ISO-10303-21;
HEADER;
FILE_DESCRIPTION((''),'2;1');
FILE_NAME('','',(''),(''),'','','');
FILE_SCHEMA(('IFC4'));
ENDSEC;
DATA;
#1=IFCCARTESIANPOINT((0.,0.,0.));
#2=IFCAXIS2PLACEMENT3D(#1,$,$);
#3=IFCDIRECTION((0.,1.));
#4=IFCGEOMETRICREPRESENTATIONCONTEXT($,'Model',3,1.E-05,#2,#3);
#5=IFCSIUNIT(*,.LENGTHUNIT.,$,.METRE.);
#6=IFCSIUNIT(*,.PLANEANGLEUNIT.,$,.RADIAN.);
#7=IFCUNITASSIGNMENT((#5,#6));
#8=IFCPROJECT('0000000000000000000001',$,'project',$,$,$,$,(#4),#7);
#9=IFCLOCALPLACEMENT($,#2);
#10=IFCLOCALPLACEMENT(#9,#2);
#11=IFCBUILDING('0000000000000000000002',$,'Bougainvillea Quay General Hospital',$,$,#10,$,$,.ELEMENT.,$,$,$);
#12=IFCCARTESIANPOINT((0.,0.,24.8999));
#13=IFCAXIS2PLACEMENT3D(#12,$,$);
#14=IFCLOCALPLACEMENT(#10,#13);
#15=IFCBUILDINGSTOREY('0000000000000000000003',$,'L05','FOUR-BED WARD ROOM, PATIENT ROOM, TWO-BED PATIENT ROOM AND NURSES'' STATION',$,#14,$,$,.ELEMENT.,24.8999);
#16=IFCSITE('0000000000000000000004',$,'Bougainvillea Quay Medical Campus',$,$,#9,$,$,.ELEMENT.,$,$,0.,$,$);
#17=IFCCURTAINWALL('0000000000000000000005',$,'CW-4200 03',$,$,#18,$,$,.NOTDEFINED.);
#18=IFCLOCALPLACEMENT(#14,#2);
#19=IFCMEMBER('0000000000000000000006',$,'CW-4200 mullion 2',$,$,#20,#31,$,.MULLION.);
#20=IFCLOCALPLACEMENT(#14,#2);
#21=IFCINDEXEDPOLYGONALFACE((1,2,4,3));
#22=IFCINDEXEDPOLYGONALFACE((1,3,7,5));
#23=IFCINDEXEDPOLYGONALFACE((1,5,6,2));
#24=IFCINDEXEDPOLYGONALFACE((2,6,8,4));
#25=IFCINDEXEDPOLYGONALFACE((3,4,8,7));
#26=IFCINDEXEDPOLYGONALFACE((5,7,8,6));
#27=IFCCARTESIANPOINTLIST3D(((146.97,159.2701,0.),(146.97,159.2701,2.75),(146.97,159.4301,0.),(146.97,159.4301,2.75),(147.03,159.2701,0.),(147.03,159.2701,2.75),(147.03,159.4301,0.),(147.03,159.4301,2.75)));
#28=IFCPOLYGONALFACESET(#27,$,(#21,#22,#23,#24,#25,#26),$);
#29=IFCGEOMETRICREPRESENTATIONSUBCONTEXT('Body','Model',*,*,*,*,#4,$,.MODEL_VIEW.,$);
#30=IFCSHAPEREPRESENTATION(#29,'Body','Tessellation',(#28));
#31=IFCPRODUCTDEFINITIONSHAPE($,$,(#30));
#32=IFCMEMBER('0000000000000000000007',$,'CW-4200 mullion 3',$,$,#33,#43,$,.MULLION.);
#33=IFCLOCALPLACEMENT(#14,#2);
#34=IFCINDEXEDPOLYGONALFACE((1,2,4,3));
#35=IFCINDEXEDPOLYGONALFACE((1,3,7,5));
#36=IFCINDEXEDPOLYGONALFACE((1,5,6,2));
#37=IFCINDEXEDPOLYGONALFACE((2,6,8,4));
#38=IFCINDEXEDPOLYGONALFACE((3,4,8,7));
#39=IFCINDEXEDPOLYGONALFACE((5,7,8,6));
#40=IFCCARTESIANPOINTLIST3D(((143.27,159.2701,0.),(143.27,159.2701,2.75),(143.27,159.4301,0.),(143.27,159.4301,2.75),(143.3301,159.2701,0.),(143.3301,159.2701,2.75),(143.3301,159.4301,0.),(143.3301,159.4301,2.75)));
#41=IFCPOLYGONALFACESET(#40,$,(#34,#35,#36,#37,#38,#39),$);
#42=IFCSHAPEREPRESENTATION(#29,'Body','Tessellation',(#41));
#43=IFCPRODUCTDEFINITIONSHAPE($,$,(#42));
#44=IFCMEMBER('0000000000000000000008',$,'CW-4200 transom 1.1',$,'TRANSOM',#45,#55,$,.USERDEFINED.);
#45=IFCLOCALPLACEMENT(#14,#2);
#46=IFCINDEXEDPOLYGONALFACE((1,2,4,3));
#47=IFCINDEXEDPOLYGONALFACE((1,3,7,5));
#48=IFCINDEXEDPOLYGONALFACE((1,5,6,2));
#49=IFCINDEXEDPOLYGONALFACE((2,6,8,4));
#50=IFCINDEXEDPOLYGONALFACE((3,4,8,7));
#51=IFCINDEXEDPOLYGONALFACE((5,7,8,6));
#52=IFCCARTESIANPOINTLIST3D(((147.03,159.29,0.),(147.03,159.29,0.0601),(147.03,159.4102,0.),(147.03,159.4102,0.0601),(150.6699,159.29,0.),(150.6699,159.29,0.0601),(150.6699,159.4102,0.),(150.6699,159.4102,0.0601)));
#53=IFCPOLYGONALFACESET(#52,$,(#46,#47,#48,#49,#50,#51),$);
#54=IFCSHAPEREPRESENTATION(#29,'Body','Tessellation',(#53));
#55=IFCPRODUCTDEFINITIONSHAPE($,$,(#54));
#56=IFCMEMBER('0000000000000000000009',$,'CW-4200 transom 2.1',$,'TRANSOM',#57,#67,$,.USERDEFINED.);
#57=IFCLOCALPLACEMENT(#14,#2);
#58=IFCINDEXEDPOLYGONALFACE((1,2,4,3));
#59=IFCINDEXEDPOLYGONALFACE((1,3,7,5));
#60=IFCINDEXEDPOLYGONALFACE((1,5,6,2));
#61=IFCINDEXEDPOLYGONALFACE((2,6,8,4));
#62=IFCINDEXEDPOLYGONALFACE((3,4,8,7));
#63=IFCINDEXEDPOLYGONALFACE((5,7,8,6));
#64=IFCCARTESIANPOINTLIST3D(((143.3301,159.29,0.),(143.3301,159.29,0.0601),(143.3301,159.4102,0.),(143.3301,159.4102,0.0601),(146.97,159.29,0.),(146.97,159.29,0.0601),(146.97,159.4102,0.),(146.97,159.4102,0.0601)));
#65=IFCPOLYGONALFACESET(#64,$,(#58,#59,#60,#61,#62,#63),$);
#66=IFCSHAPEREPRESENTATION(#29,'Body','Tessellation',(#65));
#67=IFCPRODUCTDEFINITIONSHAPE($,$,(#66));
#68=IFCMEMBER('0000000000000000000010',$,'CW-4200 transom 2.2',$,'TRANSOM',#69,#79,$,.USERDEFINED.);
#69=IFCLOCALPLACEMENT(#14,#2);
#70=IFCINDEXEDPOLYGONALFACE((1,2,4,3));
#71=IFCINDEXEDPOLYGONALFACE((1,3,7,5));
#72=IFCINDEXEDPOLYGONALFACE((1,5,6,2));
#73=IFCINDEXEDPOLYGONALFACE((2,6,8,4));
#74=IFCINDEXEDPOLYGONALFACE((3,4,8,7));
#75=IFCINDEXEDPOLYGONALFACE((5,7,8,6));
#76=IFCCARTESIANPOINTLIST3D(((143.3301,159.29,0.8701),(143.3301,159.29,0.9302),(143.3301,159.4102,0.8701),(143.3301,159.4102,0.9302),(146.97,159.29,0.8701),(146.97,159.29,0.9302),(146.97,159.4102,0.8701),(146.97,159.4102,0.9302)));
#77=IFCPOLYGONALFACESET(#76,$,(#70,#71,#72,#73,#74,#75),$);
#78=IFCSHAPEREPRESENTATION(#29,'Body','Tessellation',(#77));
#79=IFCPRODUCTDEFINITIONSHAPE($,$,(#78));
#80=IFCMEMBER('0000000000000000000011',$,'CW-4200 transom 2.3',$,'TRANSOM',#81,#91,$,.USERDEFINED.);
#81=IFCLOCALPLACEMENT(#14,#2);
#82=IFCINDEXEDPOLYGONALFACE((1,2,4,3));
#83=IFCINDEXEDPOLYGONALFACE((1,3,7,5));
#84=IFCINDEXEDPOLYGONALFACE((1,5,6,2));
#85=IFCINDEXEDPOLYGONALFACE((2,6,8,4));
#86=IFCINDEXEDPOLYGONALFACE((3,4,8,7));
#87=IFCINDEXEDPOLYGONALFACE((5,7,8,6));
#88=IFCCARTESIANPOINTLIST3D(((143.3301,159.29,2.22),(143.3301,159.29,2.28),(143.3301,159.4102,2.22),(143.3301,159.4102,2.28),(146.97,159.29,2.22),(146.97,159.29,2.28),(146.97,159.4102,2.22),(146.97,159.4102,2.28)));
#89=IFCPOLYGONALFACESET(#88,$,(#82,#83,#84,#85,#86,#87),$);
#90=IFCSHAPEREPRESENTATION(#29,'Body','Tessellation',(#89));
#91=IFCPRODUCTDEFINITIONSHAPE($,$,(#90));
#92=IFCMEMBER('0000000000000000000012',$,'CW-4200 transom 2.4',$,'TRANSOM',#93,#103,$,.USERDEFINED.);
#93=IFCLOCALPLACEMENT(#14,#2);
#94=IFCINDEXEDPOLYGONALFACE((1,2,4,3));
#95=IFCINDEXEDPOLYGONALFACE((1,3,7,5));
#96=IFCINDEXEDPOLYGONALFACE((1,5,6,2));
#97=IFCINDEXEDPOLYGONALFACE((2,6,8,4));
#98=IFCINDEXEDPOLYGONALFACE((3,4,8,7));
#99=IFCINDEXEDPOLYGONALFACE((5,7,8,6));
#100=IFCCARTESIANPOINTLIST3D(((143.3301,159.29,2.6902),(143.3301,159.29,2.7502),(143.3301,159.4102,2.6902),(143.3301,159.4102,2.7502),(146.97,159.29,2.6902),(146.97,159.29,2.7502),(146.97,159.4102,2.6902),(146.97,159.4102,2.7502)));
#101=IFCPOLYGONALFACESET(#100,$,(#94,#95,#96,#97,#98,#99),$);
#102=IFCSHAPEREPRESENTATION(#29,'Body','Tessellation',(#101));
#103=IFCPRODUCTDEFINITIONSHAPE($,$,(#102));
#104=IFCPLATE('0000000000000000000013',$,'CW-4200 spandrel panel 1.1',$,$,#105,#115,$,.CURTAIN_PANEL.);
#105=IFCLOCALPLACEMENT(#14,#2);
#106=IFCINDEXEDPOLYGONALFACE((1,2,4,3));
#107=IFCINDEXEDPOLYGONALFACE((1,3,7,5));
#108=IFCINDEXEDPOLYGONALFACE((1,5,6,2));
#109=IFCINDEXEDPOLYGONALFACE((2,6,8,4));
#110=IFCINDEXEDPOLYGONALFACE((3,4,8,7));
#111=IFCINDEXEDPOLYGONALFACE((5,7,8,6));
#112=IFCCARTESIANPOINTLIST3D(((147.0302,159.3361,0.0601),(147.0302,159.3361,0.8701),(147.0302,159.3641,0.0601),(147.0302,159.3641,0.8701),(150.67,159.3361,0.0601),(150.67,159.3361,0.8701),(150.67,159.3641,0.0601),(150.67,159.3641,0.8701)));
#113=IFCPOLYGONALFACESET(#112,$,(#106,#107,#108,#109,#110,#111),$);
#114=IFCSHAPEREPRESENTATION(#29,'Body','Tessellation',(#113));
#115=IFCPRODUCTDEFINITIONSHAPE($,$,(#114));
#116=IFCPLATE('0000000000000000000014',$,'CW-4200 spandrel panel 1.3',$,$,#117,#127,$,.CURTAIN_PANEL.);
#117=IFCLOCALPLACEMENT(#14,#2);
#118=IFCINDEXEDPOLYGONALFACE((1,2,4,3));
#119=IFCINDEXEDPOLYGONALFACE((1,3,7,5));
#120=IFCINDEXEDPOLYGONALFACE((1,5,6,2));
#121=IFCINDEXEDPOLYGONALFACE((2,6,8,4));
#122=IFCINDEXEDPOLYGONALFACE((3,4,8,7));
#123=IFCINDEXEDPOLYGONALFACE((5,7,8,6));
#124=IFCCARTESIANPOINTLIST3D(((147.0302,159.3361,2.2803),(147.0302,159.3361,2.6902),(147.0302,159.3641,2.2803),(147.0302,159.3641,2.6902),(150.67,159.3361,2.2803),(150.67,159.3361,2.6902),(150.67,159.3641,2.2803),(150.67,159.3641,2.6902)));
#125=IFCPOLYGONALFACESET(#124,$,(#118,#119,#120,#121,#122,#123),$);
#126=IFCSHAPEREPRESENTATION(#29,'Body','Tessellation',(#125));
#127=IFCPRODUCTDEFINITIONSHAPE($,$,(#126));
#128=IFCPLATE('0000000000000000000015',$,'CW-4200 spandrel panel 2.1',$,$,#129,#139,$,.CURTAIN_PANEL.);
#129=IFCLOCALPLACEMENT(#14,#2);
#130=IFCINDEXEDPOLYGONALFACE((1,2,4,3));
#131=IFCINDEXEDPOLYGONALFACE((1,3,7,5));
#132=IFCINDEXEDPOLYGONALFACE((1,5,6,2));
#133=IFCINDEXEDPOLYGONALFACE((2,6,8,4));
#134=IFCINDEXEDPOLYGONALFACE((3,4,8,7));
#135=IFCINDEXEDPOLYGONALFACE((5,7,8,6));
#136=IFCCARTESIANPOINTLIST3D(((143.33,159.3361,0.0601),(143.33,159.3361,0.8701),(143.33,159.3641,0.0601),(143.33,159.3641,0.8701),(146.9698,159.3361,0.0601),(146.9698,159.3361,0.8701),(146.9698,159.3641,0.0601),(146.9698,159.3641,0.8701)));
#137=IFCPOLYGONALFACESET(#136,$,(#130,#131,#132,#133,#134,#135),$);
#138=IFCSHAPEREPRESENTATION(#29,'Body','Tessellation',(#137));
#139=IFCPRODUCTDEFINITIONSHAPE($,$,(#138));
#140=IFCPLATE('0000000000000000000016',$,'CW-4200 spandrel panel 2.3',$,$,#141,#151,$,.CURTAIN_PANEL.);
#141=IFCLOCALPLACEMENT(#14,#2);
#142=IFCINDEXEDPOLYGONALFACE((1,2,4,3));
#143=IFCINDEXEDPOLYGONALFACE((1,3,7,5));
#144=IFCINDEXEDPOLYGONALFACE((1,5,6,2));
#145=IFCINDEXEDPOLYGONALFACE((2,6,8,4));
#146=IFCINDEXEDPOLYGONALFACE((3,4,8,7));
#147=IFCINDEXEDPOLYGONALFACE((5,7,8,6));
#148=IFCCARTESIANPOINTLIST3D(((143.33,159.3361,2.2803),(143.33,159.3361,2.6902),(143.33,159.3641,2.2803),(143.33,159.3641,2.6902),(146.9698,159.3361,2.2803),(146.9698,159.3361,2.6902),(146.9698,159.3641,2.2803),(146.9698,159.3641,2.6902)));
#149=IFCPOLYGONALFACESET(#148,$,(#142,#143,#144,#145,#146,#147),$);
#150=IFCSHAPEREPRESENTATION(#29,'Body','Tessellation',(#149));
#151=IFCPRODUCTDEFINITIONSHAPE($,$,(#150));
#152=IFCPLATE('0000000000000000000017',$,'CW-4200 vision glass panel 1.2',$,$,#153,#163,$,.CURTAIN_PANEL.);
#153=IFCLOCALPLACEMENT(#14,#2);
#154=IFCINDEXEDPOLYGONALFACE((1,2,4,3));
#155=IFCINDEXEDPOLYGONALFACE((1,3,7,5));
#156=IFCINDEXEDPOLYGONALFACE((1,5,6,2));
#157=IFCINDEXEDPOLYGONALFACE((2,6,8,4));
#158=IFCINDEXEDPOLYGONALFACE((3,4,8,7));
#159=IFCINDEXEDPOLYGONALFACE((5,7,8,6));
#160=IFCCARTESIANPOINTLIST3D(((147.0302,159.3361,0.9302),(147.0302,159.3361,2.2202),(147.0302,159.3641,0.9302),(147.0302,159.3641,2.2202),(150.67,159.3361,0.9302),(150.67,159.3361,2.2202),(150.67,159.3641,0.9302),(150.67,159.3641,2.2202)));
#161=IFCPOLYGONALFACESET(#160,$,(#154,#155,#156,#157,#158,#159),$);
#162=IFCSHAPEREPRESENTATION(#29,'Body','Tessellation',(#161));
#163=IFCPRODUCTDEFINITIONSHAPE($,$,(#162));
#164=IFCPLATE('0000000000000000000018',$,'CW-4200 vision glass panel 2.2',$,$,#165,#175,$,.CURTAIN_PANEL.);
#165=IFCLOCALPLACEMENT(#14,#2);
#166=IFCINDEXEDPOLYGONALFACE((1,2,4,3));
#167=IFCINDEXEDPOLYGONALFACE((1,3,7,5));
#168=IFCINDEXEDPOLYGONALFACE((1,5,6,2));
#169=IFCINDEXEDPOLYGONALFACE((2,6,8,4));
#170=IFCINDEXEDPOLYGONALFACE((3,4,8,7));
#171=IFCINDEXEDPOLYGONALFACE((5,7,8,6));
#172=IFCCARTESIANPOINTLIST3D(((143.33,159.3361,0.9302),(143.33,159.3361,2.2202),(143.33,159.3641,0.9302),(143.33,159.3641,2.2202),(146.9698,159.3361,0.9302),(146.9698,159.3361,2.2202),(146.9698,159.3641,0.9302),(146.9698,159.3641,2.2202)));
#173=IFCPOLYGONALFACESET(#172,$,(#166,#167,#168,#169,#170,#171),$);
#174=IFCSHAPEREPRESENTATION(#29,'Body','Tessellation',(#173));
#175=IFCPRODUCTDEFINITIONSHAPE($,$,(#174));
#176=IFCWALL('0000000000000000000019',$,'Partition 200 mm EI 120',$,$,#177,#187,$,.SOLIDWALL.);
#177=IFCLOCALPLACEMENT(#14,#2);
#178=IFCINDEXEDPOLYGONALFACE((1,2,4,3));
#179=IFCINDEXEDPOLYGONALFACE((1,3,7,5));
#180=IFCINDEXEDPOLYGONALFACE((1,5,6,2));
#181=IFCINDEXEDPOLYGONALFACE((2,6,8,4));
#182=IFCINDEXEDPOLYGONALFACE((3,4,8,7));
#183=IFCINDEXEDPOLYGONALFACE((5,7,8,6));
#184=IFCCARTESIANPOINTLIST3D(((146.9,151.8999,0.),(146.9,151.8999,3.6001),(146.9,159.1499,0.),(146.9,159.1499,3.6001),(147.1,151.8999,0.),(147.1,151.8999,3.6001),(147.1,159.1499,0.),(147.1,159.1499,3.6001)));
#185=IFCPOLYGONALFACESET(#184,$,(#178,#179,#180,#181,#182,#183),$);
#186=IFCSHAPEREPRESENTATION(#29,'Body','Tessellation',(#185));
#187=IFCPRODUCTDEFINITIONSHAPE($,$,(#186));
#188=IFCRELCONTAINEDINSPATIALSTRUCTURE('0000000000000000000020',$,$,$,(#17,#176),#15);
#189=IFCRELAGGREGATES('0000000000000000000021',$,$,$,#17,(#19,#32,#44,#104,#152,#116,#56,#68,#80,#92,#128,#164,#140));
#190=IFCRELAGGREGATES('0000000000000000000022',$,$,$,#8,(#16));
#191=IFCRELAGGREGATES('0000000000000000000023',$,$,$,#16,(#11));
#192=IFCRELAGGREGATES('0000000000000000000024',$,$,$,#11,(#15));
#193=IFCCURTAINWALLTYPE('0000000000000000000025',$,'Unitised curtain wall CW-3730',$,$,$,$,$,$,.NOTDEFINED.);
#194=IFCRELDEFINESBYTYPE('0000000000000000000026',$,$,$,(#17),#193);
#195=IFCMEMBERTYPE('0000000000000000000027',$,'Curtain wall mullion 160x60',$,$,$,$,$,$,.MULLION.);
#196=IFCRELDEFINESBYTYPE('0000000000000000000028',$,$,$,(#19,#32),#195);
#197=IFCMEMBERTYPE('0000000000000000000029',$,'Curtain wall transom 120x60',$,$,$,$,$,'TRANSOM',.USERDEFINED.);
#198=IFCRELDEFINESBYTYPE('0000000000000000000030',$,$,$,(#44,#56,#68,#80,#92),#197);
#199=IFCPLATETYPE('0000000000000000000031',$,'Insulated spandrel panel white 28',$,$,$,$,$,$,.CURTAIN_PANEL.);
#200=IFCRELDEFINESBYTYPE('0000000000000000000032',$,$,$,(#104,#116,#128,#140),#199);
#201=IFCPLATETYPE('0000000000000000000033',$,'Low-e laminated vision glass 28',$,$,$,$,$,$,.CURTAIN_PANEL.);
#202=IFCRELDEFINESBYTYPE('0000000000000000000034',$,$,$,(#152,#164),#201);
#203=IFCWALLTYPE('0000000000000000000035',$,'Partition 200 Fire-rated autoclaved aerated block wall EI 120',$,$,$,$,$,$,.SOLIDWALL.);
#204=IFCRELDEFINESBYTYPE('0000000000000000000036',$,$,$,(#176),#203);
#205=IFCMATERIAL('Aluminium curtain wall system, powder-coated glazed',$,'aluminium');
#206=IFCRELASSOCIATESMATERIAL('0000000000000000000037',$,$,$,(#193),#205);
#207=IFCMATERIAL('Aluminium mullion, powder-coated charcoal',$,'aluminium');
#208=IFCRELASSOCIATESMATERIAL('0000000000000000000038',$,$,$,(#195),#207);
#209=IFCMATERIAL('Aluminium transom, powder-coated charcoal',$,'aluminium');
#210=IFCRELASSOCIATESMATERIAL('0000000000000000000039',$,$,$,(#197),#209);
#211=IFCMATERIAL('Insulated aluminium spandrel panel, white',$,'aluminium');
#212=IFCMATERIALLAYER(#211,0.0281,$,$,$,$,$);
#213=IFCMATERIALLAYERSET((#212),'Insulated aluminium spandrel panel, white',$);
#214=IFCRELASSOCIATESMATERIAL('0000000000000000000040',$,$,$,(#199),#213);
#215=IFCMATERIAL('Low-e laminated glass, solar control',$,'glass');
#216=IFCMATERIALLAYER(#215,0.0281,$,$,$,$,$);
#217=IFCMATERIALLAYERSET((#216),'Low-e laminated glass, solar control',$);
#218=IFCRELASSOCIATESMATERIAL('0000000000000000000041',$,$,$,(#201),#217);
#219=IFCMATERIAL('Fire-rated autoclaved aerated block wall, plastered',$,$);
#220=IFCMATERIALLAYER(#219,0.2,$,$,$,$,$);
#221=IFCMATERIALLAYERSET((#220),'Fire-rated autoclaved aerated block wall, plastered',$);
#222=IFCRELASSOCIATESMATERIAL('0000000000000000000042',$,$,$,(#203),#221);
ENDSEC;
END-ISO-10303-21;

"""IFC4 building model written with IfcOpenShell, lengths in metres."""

from ifc_helpers import new_model, si_unit, direction, frame, frame_2d, origin, origin_2d, place, context, subcontext, project, spatial, rectangle, extrude, material, layer, layer_set, material_profile, profile_set, type_object, element, aggregate, save


model = new_model("IFC4")

# Units and contexts
model_context = context("Model", 3, precision=1e-05, world=origin(), true_north=direction((0.0, 1.0)))
body_context = subcontext(model_context, "Body", "Model", "MODEL_VIEW")
ifc_project = project(units=[si_unit("LENGTHUNIT", "METRE"), si_unit("PLANEANGLEUNIT", "RADIAN")], contexts=[model_context])

# Site, building, storey
site_placement = place(None, origin())
site = spatial("IfcSite", under=ifc_project, at=site_placement, Name="Bougainvillea Quay Medical Campus", CompositionType="ELEMENT", RefElevation=0.0)
building_placement = place(site_placement, origin())
building = spatial("IfcBuilding", under=site, at=building_placement, Name="Bougainvillea Quay General Hospital", CompositionType="ELEMENT")
storey_placement = place(building_placement, frame((0.0, 0.0, 24.8999)))
storey = spatial("IfcBuildingStorey", under=building, at=storey_placement, Name="L05", Description="FOUR-BED WARD ROOM, PATIENT ROOM, TWO-BED PATIENT ROOM AND NURSES' STATION", CompositionType="ELEMENT", Elevation=24.8999)

# Curtain wall, members, plates
ifc_material_1 = material(Name="Aluminium curtain wall system, powder-coated glazed", Category="aluminium")
curtain_wall_type = type_object("IfcCurtainWallType", Name="Unitised curtain wall CW-3730", PredefinedType="NOTDEFINED", material=ifc_material_1)
curtain_wall_placement = place(storey_placement, origin())
curtain_wall = element("IfcCurtainWall", 1, at=curtain_wall_placement, inside=storey, type_object=curtain_wall_type, Name="CW-4200 03", PredefinedType="NOTDEFINED")
ifc_material_2 = material(Name="Aluminium mullion, powder-coated charcoal", Category="aluminium")
ifc_material_profile_1 = material_profile(ifc_material_2, rectangle(XDim=0.1599, YDim=0.0601, at=origin_2d()))
ifc_profile_set_1 = profile_set([ifc_material_profile_1], Name="Aluminium mullion, powder-coated charcoal")
member_type_1 = type_object("IfcMemberType", Name="Curtain wall mullion 160x60", PredefinedType="MULLION", material=ifc_profile_set_1)
member_1_placement = place(storey_placement, frame((147.0, 159.3501, 0.0), z_axis=(0.0, 0.0, 1.0), x_axis=(0.0, -1.0, 0.0)))
member_1 = element("IfcMember", 2, at=member_1_placement, type_object=member_type_1, Name="CW-4200 mullion 2", PredefinedType="MULLION", context=body_context, shape_type="SweptSolid", body=[
    extrude(rectangle(XDim=0.1599, YDim=0.0601, at=origin_2d()), origin(), (0.0, 0.0, 1.0), 2.75),
])
member_2_placement = place(storey_placement, frame((143.3, 159.3501, 0.0), z_axis=(0.0, 0.0, 1.0), x_axis=(0.0, -1.0, 0.0)))
member_2 = element("IfcMember", 3, at=member_2_placement, type_object=member_type_1, Name="CW-4200 mullion 3", PredefinedType="MULLION", context=body_context, shape_type="SweptSolid", body=[
    extrude(rectangle(XDim=0.1599, YDim=0.0601, at=origin_2d()), origin(), (0.0, 0.0, 1.0), 2.75),
])
ifc_material_3 = material(Name="Aluminium transom, powder-coated charcoal", Category="aluminium")
ifc_material_profile_2 = material_profile(ifc_material_3, rectangle(XDim=0.1201, YDim=0.0601, at=origin_2d()))
ifc_profile_set_2 = profile_set([ifc_material_profile_2], Name="Aluminium transom, powder-coated charcoal")
member_type_2 = type_object("IfcMemberType", Name="Curtain wall transom 120x60", ElementType="TRANSOM", PredefinedType="USERDEFINED", material=ifc_profile_set_2)
member_3_placement = place(storey_placement, frame((150.6699, 159.3501, 0.03), z_axis=(-1.0, 0.0, 0.0), x_axis=(0.0, -1.0, 0.0)))
member_3 = element("IfcMember", 4, at=member_3_placement, type_object=member_type_2, Name="CW-4200 transom 1.1", ObjectType="TRANSOM", PredefinedType="USERDEFINED", context=body_context, shape_type="SweptSolid", body=[
    extrude(rectangle(XDim=0.1201, YDim=0.0601, at=origin_2d()), origin(), (0.0, 0.0, 1.0), 3.6399),
])
member_4_placement = place(storey_placement, frame((146.97, 159.3501, 0.03), z_axis=(-1.0, 0.0, 0.0), x_axis=(0.0, -1.0, 0.0)))
member_4 = element("IfcMember", 5, at=member_4_placement, type_object=member_type_2, Name="CW-4200 transom 2.1", ObjectType="TRANSOM", PredefinedType="USERDEFINED", context=body_context, shape_type="SweptSolid", body=[
    extrude(rectangle(XDim=0.1201, YDim=0.0601, at=origin_2d()), origin(), (0.0, 0.0, 1.0), 3.6399),
])
member_5_placement = place(storey_placement, frame((146.97, 159.3501, 0.9001), z_axis=(-1.0, 0.0, 0.0), x_axis=(0.0, -1.0, 0.0)))
member_5 = element("IfcMember", 6, at=member_5_placement, type_object=member_type_2, Name="CW-4200 transom 2.2", ObjectType="TRANSOM", PredefinedType="USERDEFINED", context=body_context, shape_type="SweptSolid", body=[
    extrude(rectangle(XDim=0.1201, YDim=0.0601, at=origin_2d()), origin(), (0.0, 0.0, 1.0), 3.6399),
])
member_6_placement = place(storey_placement, frame((146.97, 159.3501, 2.25), z_axis=(-1.0, 0.0, 0.0), x_axis=(0.0, -1.0, 0.0)))
member_6 = element("IfcMember", 7, at=member_6_placement, type_object=member_type_2, Name="CW-4200 transom 2.3", ObjectType="TRANSOM", PredefinedType="USERDEFINED", context=body_context, shape_type="SweptSolid", body=[
    extrude(rectangle(XDim=0.1201, YDim=0.0601, at=origin_2d()), origin(), (0.0, 0.0, 1.0), 3.6399),
])
member_7_placement = place(storey_placement, frame((146.97, 159.3501, 2.7202), z_axis=(-1.0, 0.0, 0.0), x_axis=(0.0, -1.0, 0.0)))
member_7 = element("IfcMember", 8, at=member_7_placement, type_object=member_type_2, Name="CW-4200 transom 2.4", ObjectType="TRANSOM", PredefinedType="USERDEFINED", context=body_context, shape_type="SweptSolid", body=[
    extrude(rectangle(XDim=0.1201, YDim=0.0601, at=origin_2d()), origin(), (0.0, 0.0, 1.0), 3.6399),
])
ifc_material_4 = material(Name="Insulated aluminium spandrel panel, white", Category="aluminium")
ifc_layer_1 = layer(ifc_material_4, 0.0281)
ifc_layer_set_1 = layer_set([ifc_layer_1], Name="Insulated aluminium spandrel panel, white")
plate_type_1 = type_object("IfcPlateType", Name="Insulated spandrel panel white 28", PredefinedType="CURTAIN_PANEL", material=ifc_layer_set_1)
plate_1_placement = place(storey_placement, frame((148.8501, 159.3501, 0.0601), z_axis=(0.0, 0.0, 1.0), x_axis=(-1.0, 0.0, 0.0)))
plate_1 = element("IfcPlate", 9, at=plate_1_placement, type_object=plate_type_1, Name="CW-4200 spandrel panel 1.1", PredefinedType="CURTAIN_PANEL", context=body_context, shape_type="SweptSolid", body=[
    extrude(rectangle(XDim=3.6399, YDim=0.0281, at=origin_2d()), origin(), (0.0, 0.0, 1.0), 0.8101),
])
plate_2_placement = place(storey_placement, frame((148.8501, 159.3501, 2.2803), z_axis=(0.0, 0.0, 1.0), x_axis=(-1.0, 0.0, 0.0)))
plate_2 = element("IfcPlate", 10, at=plate_2_placement, type_object=plate_type_1, Name="CW-4200 spandrel panel 1.3", PredefinedType="CURTAIN_PANEL", context=body_context, shape_type="SweptSolid", body=[
    extrude(rectangle(XDim=3.6399, YDim=0.0281, at=origin_2d()), origin(), (0.0, 0.0, 1.0), 0.4099),
])
plate_3_placement = place(storey_placement, frame((145.1499, 159.3501, 0.0601), z_axis=(0.0, 0.0, 1.0), x_axis=(-1.0, 0.0, 0.0)))
plate_3 = element("IfcPlate", 11, at=plate_3_placement, type_object=plate_type_1, Name="CW-4200 spandrel panel 2.1", PredefinedType="CURTAIN_PANEL", context=body_context, shape_type="SweptSolid", body=[
    extrude(rectangle(XDim=3.6399, YDim=0.0281, at=origin_2d()), origin(), (0.0, 0.0, 1.0), 0.8101),
])
plate_4_placement = place(storey_placement, frame((145.1499, 159.3501, 2.2803), z_axis=(0.0, 0.0, 1.0), x_axis=(-1.0, 0.0, 0.0)))
plate_4 = element("IfcPlate", 12, at=plate_4_placement, type_object=plate_type_1, Name="CW-4200 spandrel panel 2.3", PredefinedType="CURTAIN_PANEL", context=body_context, shape_type="SweptSolid", body=[
    extrude(rectangle(XDim=3.6399, YDim=0.0281, at=origin_2d()), origin(), (0.0, 0.0, 1.0), 0.4099),
])
ifc_material_5 = material(Name="Low-e laminated glass, solar control", Category="glass")
ifc_layer_2 = layer(ifc_material_5, 0.0281)
ifc_layer_set_2 = layer_set([ifc_layer_2], Name="Low-e laminated glass, solar control")
plate_type_2 = type_object("IfcPlateType", Name="Low-e laminated vision glass 28", PredefinedType="CURTAIN_PANEL", material=ifc_layer_set_2)
plate_5_placement = place(storey_placement, frame((148.8501, 159.3501, 0.9302), z_axis=(0.0, 0.0, 1.0), x_axis=(-1.0, 0.0, 0.0)))
plate_5 = element("IfcPlate", 13, at=plate_5_placement, type_object=plate_type_2, Name="CW-4200 vision glass panel 1.2", PredefinedType="CURTAIN_PANEL", context=body_context, shape_type="SweptSolid", body=[
    extrude(rectangle(XDim=3.6399, YDim=0.0281, at=origin_2d()), origin(), (0.0, 0.0, 1.0), 1.29),
])
plate_6_placement = place(storey_placement, frame((145.1499, 159.3501, 0.9302), z_axis=(0.0, 0.0, 1.0), x_axis=(-1.0, 0.0, 0.0)))
plate_6 = element("IfcPlate", 14, at=plate_6_placement, type_object=plate_type_2, Name="CW-4200 vision glass panel 2.2", PredefinedType="CURTAIN_PANEL", context=body_context, shape_type="SweptSolid", body=[
    extrude(rectangle(XDim=3.6399, YDim=0.0281, at=origin_2d()), origin(), (0.0, 0.0, 1.0), 1.29),
])
aggregate(curtain_wall, [member_1, member_2, member_3, plate_1, plate_5, plate_2, member_4, member_5, member_6, member_7, plate_3, plate_6, plate_4])

# Wall
ifc_material_6 = material(Name="Fire-rated autoclaved aerated block wall, plastered")
ifc_layer_3 = layer(ifc_material_6, 0.2)
ifc_layer_set_3 = layer_set([ifc_layer_3], Name="Fire-rated autoclaved aerated block wall, plastered")
wall_type = type_object("IfcWallType", Name="Partition 200 Fire-rated autoclaved aerated block wall EI 120", PredefinedType="SOLIDWALL", material=ifc_layer_set_3)
wall_1_placement = place(storey_placement, frame((147.0, 151.8999, 0.0), z_axis=(0.0, 0.0, 1.0), x_axis=(0.0, 1.0, 0.0)))
element("IfcWall", 15, at=wall_1_placement, inside=storey, type_object=wall_type, Name="Partition 200 mm EI 120", PredefinedType="SOLIDWALL", context=body_context, shape_type="SweptSolid", body=[
    extrude(rectangle(XDim=7.25, YDim=0.2, at=frame_2d((3.625, 0.0))), origin(), (0.0, 0.0, 1.0), 3.6001),
])

save(model, "model.ifc")
